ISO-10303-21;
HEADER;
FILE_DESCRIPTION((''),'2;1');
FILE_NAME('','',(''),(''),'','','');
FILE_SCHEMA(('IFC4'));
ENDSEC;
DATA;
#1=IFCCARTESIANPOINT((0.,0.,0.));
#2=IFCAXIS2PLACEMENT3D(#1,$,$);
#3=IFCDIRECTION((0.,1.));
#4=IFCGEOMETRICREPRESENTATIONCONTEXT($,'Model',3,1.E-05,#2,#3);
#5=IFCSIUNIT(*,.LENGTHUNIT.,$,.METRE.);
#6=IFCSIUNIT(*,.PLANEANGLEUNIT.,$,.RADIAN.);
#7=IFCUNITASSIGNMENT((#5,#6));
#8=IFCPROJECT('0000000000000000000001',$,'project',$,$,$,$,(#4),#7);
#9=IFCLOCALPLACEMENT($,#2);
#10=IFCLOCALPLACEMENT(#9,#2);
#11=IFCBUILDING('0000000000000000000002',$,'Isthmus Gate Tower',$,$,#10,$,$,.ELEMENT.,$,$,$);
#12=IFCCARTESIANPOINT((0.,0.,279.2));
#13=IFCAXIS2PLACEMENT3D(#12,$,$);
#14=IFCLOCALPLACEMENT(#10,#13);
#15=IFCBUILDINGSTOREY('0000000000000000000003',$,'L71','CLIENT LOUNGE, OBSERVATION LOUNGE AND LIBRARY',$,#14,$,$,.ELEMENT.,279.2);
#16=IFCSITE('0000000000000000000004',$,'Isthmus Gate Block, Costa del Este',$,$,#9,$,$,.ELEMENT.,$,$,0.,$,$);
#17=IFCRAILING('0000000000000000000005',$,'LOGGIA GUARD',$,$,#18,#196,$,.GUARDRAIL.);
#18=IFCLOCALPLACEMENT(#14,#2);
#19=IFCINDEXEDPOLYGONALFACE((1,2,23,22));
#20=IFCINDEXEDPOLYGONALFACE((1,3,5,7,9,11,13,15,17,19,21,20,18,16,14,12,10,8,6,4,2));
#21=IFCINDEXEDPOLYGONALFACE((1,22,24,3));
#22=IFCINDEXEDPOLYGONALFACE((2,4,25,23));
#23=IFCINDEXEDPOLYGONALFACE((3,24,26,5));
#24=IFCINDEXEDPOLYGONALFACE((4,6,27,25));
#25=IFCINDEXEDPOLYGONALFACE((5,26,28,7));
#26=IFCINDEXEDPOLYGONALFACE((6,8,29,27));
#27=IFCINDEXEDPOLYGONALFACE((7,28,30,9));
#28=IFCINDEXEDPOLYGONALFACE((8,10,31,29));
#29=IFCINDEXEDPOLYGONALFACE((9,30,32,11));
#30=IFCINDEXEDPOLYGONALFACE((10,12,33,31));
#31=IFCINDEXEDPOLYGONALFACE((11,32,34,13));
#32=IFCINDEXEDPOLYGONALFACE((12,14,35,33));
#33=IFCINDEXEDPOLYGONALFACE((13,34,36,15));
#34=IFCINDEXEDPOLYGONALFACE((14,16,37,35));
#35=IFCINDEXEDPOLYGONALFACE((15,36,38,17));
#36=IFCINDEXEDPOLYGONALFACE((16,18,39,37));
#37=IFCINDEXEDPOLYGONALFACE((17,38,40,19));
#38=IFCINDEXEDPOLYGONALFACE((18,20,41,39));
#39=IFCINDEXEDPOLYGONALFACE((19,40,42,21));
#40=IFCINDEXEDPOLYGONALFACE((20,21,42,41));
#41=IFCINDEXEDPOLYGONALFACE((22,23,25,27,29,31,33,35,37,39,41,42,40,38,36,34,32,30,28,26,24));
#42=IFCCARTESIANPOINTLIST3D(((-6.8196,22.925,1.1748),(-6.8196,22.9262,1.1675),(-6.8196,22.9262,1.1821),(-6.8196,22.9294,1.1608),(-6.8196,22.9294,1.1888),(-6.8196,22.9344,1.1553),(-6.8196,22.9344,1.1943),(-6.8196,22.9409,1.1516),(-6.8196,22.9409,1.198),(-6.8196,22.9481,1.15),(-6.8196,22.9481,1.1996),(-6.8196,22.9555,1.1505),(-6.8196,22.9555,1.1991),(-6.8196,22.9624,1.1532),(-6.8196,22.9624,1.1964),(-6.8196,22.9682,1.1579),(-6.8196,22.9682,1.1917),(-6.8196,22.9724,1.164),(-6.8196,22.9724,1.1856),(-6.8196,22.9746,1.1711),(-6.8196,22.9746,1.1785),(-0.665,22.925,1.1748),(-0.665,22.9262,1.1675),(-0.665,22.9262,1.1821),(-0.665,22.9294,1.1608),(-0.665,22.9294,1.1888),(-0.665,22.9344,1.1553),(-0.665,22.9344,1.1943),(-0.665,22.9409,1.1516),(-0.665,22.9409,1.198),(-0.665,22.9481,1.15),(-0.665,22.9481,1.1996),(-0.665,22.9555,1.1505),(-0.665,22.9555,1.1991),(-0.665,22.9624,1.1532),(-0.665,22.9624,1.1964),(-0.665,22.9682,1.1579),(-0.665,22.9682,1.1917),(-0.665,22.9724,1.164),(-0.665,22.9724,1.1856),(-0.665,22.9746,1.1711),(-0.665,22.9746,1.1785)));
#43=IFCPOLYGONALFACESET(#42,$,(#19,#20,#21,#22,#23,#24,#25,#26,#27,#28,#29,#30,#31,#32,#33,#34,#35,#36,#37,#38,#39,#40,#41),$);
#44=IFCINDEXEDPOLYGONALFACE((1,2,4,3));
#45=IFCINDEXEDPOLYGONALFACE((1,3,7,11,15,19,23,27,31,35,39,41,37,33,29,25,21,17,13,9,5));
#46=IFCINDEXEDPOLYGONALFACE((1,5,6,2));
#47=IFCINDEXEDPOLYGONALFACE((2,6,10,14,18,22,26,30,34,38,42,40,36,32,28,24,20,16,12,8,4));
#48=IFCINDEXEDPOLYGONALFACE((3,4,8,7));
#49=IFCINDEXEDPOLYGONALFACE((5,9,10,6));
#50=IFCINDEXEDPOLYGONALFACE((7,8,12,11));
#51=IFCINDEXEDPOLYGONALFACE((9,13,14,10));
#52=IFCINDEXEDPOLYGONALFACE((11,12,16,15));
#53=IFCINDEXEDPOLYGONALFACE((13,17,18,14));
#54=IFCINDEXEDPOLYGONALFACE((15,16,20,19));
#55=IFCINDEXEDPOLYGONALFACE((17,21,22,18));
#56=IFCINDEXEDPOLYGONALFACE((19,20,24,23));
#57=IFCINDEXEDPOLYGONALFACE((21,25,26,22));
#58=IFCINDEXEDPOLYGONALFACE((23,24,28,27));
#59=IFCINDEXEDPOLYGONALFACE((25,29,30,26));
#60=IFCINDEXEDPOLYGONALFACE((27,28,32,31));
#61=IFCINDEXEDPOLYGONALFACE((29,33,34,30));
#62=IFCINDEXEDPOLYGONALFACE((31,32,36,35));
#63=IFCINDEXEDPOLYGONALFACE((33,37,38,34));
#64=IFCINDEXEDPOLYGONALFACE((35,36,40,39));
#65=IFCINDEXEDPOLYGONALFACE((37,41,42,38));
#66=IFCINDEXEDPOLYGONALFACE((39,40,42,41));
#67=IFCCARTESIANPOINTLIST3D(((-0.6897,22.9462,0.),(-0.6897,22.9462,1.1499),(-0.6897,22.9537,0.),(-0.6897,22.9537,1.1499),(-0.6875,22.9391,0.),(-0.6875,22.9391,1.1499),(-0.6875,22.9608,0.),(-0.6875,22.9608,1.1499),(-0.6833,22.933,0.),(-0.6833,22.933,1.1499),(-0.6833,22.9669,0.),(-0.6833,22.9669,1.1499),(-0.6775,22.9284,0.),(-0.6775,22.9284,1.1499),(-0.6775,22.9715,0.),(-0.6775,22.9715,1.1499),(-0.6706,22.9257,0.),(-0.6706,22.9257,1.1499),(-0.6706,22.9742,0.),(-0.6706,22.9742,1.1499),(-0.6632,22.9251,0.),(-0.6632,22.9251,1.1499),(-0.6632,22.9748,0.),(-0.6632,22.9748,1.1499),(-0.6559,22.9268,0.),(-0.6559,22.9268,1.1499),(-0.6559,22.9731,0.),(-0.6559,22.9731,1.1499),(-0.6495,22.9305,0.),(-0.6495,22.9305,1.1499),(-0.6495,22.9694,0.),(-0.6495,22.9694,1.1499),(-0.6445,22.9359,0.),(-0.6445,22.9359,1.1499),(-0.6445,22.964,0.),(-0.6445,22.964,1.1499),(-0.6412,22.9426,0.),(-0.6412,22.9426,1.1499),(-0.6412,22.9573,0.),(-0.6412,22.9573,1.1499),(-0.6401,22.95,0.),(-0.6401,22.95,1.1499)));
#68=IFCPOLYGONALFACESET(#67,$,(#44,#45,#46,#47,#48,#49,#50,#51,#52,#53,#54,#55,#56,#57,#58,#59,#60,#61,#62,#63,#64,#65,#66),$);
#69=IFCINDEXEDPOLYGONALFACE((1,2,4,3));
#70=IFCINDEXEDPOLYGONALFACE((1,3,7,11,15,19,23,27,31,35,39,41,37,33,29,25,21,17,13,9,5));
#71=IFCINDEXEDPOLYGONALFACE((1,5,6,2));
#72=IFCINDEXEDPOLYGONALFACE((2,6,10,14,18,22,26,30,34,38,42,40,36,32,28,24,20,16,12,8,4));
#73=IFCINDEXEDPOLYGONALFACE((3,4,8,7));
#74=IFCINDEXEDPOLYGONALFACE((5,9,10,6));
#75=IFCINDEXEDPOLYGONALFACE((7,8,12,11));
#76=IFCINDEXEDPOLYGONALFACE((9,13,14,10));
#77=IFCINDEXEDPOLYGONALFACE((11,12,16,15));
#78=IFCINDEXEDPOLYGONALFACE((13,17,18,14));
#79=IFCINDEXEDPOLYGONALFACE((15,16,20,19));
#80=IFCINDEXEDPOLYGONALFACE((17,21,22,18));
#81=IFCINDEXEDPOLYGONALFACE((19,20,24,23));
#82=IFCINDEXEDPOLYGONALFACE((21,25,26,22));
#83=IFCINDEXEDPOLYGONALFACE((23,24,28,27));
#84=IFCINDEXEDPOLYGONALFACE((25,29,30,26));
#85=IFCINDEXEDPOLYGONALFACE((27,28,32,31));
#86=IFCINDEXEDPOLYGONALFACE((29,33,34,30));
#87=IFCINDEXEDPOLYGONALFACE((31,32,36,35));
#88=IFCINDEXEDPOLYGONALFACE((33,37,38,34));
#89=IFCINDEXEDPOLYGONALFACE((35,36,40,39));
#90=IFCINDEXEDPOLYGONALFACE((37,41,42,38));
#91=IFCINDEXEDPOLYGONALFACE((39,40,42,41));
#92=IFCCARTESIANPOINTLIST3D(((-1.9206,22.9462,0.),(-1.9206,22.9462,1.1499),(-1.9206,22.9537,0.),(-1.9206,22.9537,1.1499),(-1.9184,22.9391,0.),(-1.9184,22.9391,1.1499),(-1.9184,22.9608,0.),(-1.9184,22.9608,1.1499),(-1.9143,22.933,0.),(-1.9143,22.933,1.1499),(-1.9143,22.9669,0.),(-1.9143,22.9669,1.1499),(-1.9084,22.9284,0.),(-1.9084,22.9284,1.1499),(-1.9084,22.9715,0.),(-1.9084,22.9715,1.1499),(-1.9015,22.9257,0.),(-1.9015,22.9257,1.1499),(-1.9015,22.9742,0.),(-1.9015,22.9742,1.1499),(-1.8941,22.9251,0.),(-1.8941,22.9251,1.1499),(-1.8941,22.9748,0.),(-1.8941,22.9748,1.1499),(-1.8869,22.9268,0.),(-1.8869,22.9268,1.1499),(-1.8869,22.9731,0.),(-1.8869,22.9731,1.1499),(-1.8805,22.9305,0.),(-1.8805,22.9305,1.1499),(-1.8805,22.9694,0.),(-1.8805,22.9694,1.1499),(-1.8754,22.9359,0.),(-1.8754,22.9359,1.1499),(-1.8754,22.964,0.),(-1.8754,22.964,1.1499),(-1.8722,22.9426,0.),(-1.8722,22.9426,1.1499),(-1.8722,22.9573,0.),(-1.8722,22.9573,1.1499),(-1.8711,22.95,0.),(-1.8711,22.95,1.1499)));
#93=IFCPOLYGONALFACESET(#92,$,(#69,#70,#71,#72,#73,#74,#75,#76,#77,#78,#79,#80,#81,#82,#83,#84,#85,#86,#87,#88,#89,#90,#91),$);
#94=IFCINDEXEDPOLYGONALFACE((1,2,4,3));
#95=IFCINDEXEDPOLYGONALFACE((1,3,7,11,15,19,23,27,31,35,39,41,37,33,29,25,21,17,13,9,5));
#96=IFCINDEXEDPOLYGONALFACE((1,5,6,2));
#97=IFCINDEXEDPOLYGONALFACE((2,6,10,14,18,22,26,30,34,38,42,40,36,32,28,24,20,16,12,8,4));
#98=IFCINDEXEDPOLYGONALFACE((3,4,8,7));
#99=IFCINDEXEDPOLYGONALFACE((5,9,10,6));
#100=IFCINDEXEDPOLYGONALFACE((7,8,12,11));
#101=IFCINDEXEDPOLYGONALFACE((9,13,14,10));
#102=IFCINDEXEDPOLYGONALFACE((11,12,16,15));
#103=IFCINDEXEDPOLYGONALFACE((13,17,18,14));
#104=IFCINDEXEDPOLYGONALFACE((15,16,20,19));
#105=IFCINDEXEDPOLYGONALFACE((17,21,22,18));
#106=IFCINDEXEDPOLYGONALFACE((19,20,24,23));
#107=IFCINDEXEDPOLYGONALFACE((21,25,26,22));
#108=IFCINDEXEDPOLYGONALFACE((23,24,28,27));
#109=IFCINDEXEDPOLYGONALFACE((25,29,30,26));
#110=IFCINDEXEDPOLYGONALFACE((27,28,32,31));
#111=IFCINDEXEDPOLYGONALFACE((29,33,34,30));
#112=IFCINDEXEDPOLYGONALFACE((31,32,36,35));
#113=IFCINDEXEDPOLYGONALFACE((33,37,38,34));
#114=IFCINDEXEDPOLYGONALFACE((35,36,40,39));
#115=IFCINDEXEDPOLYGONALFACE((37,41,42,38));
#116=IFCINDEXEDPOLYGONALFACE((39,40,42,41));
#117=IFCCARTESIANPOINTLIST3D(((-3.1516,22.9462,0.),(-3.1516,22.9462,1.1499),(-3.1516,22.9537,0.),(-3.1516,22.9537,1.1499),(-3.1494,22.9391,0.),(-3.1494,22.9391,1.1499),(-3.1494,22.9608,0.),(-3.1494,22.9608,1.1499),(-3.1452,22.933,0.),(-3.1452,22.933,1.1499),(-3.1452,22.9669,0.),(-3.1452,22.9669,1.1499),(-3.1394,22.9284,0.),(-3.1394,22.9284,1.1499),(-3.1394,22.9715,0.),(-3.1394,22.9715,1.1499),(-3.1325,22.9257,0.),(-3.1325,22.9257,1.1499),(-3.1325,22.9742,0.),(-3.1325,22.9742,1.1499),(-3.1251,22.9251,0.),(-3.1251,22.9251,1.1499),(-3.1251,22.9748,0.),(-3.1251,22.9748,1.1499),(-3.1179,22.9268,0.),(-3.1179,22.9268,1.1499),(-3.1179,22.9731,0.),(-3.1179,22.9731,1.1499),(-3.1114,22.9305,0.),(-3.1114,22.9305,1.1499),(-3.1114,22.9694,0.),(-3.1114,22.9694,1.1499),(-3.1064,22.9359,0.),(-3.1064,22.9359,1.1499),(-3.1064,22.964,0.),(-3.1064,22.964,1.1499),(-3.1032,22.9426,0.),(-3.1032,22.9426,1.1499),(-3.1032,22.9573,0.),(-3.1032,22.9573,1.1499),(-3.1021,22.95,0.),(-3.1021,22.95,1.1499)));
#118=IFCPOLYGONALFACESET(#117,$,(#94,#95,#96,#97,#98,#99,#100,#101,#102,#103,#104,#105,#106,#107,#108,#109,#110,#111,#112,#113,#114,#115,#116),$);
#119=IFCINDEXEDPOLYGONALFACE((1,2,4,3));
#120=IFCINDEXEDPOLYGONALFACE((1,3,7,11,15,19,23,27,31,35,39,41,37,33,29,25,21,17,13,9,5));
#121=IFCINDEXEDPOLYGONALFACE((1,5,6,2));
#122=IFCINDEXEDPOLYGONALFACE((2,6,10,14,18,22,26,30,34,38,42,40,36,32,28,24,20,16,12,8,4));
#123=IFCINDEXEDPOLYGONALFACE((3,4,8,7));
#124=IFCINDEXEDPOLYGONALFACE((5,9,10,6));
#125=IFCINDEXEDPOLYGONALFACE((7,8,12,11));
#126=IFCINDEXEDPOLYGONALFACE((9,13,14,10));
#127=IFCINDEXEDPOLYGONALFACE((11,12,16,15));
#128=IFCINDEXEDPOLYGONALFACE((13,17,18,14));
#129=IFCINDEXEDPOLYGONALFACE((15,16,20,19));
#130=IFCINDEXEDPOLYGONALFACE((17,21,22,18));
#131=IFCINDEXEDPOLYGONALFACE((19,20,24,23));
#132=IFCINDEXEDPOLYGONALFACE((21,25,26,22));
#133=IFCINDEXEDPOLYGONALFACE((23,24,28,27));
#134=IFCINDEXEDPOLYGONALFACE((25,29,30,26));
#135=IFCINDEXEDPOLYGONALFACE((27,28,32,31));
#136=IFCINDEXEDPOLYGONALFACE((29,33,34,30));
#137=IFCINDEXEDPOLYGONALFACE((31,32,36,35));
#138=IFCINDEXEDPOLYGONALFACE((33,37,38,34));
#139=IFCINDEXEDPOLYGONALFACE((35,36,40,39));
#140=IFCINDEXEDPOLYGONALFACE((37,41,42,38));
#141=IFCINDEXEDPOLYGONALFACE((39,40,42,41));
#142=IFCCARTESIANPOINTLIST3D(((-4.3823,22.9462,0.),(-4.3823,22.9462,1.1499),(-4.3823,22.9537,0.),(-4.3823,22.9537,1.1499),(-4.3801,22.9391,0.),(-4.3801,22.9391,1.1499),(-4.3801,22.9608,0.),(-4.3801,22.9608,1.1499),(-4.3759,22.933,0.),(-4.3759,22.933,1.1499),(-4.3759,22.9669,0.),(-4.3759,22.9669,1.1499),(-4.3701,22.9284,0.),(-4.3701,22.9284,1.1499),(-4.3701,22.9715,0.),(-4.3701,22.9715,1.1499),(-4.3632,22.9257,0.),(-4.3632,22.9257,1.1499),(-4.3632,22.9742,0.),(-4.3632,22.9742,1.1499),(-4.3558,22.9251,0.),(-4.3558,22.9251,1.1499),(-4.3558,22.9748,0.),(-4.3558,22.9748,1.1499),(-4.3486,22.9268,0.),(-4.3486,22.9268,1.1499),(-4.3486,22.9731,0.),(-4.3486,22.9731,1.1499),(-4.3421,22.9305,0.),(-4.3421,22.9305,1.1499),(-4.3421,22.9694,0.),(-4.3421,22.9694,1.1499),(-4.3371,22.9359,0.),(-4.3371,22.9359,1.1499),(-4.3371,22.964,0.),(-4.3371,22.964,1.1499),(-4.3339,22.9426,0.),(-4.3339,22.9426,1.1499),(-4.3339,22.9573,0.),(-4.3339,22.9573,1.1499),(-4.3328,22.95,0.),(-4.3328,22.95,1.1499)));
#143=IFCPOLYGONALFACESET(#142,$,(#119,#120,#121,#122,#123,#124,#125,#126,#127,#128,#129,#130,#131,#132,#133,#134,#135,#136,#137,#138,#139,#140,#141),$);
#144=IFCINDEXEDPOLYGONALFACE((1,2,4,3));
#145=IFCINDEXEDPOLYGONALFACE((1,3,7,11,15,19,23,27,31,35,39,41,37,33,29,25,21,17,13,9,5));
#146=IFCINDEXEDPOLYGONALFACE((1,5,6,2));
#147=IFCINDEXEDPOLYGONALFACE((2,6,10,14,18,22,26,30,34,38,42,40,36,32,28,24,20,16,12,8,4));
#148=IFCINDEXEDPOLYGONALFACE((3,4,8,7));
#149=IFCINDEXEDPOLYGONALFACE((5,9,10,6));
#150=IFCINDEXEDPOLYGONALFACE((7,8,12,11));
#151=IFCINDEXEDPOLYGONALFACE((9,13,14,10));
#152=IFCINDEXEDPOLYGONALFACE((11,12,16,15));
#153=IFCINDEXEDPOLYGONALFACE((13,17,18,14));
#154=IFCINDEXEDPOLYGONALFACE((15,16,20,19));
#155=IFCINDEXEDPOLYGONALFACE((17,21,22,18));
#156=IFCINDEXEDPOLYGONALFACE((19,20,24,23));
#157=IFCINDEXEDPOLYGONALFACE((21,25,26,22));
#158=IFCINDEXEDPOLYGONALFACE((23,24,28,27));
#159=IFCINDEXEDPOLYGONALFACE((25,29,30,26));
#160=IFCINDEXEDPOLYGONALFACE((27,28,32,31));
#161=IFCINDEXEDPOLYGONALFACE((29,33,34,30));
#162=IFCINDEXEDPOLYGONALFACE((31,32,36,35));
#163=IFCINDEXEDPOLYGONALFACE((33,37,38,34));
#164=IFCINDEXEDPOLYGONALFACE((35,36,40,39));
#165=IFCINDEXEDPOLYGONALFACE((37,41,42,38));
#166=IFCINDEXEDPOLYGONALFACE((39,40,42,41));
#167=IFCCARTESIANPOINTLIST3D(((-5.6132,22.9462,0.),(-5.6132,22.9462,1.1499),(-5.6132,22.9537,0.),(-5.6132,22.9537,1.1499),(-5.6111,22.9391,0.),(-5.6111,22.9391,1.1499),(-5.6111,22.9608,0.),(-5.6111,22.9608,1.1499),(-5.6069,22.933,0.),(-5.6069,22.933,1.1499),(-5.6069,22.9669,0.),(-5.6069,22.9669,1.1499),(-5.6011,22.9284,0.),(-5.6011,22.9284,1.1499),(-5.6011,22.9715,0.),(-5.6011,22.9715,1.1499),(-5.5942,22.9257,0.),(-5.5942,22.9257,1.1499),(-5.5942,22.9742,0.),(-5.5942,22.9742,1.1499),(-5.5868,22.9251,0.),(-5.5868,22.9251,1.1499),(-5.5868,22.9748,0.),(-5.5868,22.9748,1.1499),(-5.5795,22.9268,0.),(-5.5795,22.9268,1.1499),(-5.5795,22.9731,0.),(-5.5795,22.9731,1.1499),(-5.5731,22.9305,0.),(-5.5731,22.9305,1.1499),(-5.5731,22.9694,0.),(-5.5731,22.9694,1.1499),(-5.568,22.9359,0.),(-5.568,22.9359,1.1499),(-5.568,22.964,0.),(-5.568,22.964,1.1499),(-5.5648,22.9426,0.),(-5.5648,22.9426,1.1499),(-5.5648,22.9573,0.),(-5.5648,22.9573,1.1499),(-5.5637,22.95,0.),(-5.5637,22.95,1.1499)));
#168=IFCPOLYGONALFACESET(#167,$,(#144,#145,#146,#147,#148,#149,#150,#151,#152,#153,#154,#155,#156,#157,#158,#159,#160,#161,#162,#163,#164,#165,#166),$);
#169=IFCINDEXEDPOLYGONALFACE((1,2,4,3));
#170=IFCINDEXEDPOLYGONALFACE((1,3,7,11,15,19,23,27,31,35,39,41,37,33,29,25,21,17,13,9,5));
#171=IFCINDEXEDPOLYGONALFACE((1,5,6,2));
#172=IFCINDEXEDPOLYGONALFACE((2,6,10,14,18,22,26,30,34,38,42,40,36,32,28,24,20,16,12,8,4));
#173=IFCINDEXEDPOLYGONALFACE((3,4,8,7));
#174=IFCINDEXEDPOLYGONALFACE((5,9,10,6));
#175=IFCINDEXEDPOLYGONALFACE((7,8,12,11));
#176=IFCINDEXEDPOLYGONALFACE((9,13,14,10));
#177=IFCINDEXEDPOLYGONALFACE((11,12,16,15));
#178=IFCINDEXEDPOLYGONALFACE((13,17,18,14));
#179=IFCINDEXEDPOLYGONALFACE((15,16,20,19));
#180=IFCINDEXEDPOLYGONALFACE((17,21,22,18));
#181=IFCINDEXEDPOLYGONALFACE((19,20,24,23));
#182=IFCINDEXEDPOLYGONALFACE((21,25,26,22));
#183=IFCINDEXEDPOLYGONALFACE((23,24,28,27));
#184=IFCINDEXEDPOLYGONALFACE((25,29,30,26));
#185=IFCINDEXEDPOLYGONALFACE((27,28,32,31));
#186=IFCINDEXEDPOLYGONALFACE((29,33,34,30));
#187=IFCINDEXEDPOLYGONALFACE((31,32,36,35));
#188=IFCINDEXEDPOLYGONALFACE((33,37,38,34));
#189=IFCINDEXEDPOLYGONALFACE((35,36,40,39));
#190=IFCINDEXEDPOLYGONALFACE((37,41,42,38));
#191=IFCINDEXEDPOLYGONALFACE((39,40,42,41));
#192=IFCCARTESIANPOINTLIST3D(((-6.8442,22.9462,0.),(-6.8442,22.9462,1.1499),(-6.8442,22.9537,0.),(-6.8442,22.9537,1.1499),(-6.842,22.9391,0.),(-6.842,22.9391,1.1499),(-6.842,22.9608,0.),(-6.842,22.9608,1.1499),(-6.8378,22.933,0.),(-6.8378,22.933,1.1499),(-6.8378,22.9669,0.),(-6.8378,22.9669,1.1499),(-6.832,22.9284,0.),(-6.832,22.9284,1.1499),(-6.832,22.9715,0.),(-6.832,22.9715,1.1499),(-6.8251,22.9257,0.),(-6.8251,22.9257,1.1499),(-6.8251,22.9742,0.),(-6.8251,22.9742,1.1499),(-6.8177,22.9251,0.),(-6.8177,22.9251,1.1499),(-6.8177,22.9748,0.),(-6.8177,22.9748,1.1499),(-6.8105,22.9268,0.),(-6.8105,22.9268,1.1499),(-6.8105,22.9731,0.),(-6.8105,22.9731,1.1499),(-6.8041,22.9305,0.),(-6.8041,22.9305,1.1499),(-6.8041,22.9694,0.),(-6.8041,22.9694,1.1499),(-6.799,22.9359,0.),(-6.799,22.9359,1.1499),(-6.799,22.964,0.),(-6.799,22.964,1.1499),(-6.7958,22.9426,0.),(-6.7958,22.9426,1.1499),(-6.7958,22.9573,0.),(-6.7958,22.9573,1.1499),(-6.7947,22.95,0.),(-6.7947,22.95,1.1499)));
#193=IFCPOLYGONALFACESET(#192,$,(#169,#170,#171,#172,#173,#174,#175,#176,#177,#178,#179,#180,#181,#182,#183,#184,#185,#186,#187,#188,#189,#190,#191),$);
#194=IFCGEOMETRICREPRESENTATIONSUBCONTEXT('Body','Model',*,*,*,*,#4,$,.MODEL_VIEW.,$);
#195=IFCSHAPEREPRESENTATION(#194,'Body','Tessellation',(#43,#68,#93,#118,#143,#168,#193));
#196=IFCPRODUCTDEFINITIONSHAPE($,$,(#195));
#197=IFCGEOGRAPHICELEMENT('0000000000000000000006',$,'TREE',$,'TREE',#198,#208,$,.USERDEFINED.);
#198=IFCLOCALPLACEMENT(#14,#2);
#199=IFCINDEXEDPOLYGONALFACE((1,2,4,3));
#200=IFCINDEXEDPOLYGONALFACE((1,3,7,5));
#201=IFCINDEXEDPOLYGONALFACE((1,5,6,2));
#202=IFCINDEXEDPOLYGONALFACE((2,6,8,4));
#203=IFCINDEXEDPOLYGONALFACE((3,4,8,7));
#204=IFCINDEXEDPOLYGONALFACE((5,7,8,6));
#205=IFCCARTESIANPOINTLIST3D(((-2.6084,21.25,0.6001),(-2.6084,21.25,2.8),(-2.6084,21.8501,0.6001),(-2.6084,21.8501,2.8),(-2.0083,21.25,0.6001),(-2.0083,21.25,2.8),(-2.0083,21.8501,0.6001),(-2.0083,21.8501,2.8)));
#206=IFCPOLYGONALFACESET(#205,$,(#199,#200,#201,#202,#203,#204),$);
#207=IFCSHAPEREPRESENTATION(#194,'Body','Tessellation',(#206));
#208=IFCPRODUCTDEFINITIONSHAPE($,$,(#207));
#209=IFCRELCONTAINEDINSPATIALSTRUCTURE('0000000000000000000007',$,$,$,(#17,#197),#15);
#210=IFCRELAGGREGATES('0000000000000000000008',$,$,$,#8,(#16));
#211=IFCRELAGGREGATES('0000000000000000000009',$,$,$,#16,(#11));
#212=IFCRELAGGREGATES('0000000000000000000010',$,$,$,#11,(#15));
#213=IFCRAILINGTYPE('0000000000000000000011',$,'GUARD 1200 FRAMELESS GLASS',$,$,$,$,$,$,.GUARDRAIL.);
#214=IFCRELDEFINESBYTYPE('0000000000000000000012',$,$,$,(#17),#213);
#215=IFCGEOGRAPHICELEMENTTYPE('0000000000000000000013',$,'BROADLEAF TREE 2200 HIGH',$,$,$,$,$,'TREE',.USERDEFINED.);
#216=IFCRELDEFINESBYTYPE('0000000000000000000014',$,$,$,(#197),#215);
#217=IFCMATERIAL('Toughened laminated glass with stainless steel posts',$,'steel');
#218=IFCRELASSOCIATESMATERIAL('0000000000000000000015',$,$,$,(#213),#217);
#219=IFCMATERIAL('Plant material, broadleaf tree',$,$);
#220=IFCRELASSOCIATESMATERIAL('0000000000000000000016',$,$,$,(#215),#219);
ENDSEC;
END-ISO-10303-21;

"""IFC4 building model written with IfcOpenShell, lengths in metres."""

from ifc_helpers import new_model, si_unit, direction, frame, origin, origin_2d, place, context, subcontext, project, spatial, rectangle, circle, extrude, material, type_object, element, save


model = new_model("IFC4")

# Units and contexts
model_context = context("Model", 3, precision=1e-05, world=origin(), true_north=direction((0.0, 1.0)))
body_context = subcontext(model_context, "Body", "Model", "MODEL_VIEW")
ifc_project = project(units=[si_unit("LENGTHUNIT", "METRE"), si_unit("PLANEANGLEUNIT", "RADIAN")], contexts=[model_context])

# Site, building, storey
site_placement = place(None, origin())
site = spatial("IfcSite", under=ifc_project, at=site_placement, Name="Isthmus Gate Block, Costa del Este", CompositionType="ELEMENT", RefElevation=0.0)
building_placement = place(site_placement, origin())
building = spatial("IfcBuilding", under=site, at=building_placement, Name="Isthmus Gate Tower", CompositionType="ELEMENT")
storey_placement = place(building_placement, frame((0.0, 0.0, 279.2)))
storey = spatial("IfcBuildingStorey", under=building, at=storey_placement, Name="L71", Description="CLIENT LOUNGE, OBSERVATION LOUNGE AND LIBRARY", CompositionType="ELEMENT", Elevation=279.2)

# Railing
ifc_material_1 = material(Name="Toughened laminated glass with stainless steel posts", Category="steel")
railing_type = type_object("IfcRailingType", Name="GUARD 1200 FRAMELESS GLASS", PredefinedType="GUARDRAIL", material=ifc_material_1)
railing_placement = place(storey_placement, frame((-0.665, 22.95, 0.0)))
element("IfcRailing", 1, at=railing_placement, inside=storey, type_object=railing_type, Name="LOGGIA GUARD", PredefinedType="GUARDRAIL", context=body_context, shape_type="SweptSolid", body=[
    extrude(circle(Radius=0.0249, at=origin_2d()), frame((0.0, 0.0, 1.1748), z_axis=(-1.0, 0.0, 0.0), x_axis=(0.0, -1.0, 0.0)), (0.0, 0.0, 1.0), 6.1545),
    extrude(circle(Radius=0.0249, at=origin_2d()), origin(), (0.0, 0.0, 1.0), 1.1499),
    extrude(circle(Radius=0.0249, at=origin_2d()), frame((-1.231, 0.0, 0.0)), (0.0, 0.0, 1.0), 1.1499),
    extrude(circle(Radius=0.0249, at=origin_2d()), frame((-2.4619, 0.0, 0.0)), (0.0, 0.0, 1.0), 1.1499),
    extrude(circle(Radius=0.0249, at=origin_2d()), frame((-3.6926, 0.0, 0.0)), (0.0, 0.0, 1.0), 1.1499),
    extrude(circle(Radius=0.0249, at=origin_2d()), frame((-4.9236, 0.0, 0.0)), (0.0, 0.0, 1.0), 1.1499),
    extrude(circle(Radius=0.0249, at=origin_2d()), frame((-6.1545, 0.0, 0.0)), (0.0, 0.0, 1.0), 1.1499),
])

# Geographic element
ifc_material_2 = material(Name="Plant material, broadleaf tree")
geographic_element_type = type_object("IfcGeographicElementType", Name="BROADLEAF TREE 2200 HIGH", ElementType="TREE", PredefinedType="USERDEFINED", material=ifc_material_2)
for number, where, z_axis, x_axis, name in (
    (2, (-2.3083, 21.55, 0.6001), (0.0, 0.0, 1.0), (-1.0, 0.0, 0.0), "TREE"),
):
    element("IfcGeographicElement", number, at=place(storey_placement, frame(where, z_axis=z_axis, x_axis=x_axis)), inside=storey, type_object=geographic_element_type, Name=name, ObjectType="TREE", PredefinedType="USERDEFINED", context=body_context, shape_type="SweptSolid", body=[
        extrude(rectangle(XDim=0.6001, YDim=0.6001, at=origin_2d()), origin(), (0.0, 0.0, 1.0), 2.2),
    ])

save(model, "model.ifc")
